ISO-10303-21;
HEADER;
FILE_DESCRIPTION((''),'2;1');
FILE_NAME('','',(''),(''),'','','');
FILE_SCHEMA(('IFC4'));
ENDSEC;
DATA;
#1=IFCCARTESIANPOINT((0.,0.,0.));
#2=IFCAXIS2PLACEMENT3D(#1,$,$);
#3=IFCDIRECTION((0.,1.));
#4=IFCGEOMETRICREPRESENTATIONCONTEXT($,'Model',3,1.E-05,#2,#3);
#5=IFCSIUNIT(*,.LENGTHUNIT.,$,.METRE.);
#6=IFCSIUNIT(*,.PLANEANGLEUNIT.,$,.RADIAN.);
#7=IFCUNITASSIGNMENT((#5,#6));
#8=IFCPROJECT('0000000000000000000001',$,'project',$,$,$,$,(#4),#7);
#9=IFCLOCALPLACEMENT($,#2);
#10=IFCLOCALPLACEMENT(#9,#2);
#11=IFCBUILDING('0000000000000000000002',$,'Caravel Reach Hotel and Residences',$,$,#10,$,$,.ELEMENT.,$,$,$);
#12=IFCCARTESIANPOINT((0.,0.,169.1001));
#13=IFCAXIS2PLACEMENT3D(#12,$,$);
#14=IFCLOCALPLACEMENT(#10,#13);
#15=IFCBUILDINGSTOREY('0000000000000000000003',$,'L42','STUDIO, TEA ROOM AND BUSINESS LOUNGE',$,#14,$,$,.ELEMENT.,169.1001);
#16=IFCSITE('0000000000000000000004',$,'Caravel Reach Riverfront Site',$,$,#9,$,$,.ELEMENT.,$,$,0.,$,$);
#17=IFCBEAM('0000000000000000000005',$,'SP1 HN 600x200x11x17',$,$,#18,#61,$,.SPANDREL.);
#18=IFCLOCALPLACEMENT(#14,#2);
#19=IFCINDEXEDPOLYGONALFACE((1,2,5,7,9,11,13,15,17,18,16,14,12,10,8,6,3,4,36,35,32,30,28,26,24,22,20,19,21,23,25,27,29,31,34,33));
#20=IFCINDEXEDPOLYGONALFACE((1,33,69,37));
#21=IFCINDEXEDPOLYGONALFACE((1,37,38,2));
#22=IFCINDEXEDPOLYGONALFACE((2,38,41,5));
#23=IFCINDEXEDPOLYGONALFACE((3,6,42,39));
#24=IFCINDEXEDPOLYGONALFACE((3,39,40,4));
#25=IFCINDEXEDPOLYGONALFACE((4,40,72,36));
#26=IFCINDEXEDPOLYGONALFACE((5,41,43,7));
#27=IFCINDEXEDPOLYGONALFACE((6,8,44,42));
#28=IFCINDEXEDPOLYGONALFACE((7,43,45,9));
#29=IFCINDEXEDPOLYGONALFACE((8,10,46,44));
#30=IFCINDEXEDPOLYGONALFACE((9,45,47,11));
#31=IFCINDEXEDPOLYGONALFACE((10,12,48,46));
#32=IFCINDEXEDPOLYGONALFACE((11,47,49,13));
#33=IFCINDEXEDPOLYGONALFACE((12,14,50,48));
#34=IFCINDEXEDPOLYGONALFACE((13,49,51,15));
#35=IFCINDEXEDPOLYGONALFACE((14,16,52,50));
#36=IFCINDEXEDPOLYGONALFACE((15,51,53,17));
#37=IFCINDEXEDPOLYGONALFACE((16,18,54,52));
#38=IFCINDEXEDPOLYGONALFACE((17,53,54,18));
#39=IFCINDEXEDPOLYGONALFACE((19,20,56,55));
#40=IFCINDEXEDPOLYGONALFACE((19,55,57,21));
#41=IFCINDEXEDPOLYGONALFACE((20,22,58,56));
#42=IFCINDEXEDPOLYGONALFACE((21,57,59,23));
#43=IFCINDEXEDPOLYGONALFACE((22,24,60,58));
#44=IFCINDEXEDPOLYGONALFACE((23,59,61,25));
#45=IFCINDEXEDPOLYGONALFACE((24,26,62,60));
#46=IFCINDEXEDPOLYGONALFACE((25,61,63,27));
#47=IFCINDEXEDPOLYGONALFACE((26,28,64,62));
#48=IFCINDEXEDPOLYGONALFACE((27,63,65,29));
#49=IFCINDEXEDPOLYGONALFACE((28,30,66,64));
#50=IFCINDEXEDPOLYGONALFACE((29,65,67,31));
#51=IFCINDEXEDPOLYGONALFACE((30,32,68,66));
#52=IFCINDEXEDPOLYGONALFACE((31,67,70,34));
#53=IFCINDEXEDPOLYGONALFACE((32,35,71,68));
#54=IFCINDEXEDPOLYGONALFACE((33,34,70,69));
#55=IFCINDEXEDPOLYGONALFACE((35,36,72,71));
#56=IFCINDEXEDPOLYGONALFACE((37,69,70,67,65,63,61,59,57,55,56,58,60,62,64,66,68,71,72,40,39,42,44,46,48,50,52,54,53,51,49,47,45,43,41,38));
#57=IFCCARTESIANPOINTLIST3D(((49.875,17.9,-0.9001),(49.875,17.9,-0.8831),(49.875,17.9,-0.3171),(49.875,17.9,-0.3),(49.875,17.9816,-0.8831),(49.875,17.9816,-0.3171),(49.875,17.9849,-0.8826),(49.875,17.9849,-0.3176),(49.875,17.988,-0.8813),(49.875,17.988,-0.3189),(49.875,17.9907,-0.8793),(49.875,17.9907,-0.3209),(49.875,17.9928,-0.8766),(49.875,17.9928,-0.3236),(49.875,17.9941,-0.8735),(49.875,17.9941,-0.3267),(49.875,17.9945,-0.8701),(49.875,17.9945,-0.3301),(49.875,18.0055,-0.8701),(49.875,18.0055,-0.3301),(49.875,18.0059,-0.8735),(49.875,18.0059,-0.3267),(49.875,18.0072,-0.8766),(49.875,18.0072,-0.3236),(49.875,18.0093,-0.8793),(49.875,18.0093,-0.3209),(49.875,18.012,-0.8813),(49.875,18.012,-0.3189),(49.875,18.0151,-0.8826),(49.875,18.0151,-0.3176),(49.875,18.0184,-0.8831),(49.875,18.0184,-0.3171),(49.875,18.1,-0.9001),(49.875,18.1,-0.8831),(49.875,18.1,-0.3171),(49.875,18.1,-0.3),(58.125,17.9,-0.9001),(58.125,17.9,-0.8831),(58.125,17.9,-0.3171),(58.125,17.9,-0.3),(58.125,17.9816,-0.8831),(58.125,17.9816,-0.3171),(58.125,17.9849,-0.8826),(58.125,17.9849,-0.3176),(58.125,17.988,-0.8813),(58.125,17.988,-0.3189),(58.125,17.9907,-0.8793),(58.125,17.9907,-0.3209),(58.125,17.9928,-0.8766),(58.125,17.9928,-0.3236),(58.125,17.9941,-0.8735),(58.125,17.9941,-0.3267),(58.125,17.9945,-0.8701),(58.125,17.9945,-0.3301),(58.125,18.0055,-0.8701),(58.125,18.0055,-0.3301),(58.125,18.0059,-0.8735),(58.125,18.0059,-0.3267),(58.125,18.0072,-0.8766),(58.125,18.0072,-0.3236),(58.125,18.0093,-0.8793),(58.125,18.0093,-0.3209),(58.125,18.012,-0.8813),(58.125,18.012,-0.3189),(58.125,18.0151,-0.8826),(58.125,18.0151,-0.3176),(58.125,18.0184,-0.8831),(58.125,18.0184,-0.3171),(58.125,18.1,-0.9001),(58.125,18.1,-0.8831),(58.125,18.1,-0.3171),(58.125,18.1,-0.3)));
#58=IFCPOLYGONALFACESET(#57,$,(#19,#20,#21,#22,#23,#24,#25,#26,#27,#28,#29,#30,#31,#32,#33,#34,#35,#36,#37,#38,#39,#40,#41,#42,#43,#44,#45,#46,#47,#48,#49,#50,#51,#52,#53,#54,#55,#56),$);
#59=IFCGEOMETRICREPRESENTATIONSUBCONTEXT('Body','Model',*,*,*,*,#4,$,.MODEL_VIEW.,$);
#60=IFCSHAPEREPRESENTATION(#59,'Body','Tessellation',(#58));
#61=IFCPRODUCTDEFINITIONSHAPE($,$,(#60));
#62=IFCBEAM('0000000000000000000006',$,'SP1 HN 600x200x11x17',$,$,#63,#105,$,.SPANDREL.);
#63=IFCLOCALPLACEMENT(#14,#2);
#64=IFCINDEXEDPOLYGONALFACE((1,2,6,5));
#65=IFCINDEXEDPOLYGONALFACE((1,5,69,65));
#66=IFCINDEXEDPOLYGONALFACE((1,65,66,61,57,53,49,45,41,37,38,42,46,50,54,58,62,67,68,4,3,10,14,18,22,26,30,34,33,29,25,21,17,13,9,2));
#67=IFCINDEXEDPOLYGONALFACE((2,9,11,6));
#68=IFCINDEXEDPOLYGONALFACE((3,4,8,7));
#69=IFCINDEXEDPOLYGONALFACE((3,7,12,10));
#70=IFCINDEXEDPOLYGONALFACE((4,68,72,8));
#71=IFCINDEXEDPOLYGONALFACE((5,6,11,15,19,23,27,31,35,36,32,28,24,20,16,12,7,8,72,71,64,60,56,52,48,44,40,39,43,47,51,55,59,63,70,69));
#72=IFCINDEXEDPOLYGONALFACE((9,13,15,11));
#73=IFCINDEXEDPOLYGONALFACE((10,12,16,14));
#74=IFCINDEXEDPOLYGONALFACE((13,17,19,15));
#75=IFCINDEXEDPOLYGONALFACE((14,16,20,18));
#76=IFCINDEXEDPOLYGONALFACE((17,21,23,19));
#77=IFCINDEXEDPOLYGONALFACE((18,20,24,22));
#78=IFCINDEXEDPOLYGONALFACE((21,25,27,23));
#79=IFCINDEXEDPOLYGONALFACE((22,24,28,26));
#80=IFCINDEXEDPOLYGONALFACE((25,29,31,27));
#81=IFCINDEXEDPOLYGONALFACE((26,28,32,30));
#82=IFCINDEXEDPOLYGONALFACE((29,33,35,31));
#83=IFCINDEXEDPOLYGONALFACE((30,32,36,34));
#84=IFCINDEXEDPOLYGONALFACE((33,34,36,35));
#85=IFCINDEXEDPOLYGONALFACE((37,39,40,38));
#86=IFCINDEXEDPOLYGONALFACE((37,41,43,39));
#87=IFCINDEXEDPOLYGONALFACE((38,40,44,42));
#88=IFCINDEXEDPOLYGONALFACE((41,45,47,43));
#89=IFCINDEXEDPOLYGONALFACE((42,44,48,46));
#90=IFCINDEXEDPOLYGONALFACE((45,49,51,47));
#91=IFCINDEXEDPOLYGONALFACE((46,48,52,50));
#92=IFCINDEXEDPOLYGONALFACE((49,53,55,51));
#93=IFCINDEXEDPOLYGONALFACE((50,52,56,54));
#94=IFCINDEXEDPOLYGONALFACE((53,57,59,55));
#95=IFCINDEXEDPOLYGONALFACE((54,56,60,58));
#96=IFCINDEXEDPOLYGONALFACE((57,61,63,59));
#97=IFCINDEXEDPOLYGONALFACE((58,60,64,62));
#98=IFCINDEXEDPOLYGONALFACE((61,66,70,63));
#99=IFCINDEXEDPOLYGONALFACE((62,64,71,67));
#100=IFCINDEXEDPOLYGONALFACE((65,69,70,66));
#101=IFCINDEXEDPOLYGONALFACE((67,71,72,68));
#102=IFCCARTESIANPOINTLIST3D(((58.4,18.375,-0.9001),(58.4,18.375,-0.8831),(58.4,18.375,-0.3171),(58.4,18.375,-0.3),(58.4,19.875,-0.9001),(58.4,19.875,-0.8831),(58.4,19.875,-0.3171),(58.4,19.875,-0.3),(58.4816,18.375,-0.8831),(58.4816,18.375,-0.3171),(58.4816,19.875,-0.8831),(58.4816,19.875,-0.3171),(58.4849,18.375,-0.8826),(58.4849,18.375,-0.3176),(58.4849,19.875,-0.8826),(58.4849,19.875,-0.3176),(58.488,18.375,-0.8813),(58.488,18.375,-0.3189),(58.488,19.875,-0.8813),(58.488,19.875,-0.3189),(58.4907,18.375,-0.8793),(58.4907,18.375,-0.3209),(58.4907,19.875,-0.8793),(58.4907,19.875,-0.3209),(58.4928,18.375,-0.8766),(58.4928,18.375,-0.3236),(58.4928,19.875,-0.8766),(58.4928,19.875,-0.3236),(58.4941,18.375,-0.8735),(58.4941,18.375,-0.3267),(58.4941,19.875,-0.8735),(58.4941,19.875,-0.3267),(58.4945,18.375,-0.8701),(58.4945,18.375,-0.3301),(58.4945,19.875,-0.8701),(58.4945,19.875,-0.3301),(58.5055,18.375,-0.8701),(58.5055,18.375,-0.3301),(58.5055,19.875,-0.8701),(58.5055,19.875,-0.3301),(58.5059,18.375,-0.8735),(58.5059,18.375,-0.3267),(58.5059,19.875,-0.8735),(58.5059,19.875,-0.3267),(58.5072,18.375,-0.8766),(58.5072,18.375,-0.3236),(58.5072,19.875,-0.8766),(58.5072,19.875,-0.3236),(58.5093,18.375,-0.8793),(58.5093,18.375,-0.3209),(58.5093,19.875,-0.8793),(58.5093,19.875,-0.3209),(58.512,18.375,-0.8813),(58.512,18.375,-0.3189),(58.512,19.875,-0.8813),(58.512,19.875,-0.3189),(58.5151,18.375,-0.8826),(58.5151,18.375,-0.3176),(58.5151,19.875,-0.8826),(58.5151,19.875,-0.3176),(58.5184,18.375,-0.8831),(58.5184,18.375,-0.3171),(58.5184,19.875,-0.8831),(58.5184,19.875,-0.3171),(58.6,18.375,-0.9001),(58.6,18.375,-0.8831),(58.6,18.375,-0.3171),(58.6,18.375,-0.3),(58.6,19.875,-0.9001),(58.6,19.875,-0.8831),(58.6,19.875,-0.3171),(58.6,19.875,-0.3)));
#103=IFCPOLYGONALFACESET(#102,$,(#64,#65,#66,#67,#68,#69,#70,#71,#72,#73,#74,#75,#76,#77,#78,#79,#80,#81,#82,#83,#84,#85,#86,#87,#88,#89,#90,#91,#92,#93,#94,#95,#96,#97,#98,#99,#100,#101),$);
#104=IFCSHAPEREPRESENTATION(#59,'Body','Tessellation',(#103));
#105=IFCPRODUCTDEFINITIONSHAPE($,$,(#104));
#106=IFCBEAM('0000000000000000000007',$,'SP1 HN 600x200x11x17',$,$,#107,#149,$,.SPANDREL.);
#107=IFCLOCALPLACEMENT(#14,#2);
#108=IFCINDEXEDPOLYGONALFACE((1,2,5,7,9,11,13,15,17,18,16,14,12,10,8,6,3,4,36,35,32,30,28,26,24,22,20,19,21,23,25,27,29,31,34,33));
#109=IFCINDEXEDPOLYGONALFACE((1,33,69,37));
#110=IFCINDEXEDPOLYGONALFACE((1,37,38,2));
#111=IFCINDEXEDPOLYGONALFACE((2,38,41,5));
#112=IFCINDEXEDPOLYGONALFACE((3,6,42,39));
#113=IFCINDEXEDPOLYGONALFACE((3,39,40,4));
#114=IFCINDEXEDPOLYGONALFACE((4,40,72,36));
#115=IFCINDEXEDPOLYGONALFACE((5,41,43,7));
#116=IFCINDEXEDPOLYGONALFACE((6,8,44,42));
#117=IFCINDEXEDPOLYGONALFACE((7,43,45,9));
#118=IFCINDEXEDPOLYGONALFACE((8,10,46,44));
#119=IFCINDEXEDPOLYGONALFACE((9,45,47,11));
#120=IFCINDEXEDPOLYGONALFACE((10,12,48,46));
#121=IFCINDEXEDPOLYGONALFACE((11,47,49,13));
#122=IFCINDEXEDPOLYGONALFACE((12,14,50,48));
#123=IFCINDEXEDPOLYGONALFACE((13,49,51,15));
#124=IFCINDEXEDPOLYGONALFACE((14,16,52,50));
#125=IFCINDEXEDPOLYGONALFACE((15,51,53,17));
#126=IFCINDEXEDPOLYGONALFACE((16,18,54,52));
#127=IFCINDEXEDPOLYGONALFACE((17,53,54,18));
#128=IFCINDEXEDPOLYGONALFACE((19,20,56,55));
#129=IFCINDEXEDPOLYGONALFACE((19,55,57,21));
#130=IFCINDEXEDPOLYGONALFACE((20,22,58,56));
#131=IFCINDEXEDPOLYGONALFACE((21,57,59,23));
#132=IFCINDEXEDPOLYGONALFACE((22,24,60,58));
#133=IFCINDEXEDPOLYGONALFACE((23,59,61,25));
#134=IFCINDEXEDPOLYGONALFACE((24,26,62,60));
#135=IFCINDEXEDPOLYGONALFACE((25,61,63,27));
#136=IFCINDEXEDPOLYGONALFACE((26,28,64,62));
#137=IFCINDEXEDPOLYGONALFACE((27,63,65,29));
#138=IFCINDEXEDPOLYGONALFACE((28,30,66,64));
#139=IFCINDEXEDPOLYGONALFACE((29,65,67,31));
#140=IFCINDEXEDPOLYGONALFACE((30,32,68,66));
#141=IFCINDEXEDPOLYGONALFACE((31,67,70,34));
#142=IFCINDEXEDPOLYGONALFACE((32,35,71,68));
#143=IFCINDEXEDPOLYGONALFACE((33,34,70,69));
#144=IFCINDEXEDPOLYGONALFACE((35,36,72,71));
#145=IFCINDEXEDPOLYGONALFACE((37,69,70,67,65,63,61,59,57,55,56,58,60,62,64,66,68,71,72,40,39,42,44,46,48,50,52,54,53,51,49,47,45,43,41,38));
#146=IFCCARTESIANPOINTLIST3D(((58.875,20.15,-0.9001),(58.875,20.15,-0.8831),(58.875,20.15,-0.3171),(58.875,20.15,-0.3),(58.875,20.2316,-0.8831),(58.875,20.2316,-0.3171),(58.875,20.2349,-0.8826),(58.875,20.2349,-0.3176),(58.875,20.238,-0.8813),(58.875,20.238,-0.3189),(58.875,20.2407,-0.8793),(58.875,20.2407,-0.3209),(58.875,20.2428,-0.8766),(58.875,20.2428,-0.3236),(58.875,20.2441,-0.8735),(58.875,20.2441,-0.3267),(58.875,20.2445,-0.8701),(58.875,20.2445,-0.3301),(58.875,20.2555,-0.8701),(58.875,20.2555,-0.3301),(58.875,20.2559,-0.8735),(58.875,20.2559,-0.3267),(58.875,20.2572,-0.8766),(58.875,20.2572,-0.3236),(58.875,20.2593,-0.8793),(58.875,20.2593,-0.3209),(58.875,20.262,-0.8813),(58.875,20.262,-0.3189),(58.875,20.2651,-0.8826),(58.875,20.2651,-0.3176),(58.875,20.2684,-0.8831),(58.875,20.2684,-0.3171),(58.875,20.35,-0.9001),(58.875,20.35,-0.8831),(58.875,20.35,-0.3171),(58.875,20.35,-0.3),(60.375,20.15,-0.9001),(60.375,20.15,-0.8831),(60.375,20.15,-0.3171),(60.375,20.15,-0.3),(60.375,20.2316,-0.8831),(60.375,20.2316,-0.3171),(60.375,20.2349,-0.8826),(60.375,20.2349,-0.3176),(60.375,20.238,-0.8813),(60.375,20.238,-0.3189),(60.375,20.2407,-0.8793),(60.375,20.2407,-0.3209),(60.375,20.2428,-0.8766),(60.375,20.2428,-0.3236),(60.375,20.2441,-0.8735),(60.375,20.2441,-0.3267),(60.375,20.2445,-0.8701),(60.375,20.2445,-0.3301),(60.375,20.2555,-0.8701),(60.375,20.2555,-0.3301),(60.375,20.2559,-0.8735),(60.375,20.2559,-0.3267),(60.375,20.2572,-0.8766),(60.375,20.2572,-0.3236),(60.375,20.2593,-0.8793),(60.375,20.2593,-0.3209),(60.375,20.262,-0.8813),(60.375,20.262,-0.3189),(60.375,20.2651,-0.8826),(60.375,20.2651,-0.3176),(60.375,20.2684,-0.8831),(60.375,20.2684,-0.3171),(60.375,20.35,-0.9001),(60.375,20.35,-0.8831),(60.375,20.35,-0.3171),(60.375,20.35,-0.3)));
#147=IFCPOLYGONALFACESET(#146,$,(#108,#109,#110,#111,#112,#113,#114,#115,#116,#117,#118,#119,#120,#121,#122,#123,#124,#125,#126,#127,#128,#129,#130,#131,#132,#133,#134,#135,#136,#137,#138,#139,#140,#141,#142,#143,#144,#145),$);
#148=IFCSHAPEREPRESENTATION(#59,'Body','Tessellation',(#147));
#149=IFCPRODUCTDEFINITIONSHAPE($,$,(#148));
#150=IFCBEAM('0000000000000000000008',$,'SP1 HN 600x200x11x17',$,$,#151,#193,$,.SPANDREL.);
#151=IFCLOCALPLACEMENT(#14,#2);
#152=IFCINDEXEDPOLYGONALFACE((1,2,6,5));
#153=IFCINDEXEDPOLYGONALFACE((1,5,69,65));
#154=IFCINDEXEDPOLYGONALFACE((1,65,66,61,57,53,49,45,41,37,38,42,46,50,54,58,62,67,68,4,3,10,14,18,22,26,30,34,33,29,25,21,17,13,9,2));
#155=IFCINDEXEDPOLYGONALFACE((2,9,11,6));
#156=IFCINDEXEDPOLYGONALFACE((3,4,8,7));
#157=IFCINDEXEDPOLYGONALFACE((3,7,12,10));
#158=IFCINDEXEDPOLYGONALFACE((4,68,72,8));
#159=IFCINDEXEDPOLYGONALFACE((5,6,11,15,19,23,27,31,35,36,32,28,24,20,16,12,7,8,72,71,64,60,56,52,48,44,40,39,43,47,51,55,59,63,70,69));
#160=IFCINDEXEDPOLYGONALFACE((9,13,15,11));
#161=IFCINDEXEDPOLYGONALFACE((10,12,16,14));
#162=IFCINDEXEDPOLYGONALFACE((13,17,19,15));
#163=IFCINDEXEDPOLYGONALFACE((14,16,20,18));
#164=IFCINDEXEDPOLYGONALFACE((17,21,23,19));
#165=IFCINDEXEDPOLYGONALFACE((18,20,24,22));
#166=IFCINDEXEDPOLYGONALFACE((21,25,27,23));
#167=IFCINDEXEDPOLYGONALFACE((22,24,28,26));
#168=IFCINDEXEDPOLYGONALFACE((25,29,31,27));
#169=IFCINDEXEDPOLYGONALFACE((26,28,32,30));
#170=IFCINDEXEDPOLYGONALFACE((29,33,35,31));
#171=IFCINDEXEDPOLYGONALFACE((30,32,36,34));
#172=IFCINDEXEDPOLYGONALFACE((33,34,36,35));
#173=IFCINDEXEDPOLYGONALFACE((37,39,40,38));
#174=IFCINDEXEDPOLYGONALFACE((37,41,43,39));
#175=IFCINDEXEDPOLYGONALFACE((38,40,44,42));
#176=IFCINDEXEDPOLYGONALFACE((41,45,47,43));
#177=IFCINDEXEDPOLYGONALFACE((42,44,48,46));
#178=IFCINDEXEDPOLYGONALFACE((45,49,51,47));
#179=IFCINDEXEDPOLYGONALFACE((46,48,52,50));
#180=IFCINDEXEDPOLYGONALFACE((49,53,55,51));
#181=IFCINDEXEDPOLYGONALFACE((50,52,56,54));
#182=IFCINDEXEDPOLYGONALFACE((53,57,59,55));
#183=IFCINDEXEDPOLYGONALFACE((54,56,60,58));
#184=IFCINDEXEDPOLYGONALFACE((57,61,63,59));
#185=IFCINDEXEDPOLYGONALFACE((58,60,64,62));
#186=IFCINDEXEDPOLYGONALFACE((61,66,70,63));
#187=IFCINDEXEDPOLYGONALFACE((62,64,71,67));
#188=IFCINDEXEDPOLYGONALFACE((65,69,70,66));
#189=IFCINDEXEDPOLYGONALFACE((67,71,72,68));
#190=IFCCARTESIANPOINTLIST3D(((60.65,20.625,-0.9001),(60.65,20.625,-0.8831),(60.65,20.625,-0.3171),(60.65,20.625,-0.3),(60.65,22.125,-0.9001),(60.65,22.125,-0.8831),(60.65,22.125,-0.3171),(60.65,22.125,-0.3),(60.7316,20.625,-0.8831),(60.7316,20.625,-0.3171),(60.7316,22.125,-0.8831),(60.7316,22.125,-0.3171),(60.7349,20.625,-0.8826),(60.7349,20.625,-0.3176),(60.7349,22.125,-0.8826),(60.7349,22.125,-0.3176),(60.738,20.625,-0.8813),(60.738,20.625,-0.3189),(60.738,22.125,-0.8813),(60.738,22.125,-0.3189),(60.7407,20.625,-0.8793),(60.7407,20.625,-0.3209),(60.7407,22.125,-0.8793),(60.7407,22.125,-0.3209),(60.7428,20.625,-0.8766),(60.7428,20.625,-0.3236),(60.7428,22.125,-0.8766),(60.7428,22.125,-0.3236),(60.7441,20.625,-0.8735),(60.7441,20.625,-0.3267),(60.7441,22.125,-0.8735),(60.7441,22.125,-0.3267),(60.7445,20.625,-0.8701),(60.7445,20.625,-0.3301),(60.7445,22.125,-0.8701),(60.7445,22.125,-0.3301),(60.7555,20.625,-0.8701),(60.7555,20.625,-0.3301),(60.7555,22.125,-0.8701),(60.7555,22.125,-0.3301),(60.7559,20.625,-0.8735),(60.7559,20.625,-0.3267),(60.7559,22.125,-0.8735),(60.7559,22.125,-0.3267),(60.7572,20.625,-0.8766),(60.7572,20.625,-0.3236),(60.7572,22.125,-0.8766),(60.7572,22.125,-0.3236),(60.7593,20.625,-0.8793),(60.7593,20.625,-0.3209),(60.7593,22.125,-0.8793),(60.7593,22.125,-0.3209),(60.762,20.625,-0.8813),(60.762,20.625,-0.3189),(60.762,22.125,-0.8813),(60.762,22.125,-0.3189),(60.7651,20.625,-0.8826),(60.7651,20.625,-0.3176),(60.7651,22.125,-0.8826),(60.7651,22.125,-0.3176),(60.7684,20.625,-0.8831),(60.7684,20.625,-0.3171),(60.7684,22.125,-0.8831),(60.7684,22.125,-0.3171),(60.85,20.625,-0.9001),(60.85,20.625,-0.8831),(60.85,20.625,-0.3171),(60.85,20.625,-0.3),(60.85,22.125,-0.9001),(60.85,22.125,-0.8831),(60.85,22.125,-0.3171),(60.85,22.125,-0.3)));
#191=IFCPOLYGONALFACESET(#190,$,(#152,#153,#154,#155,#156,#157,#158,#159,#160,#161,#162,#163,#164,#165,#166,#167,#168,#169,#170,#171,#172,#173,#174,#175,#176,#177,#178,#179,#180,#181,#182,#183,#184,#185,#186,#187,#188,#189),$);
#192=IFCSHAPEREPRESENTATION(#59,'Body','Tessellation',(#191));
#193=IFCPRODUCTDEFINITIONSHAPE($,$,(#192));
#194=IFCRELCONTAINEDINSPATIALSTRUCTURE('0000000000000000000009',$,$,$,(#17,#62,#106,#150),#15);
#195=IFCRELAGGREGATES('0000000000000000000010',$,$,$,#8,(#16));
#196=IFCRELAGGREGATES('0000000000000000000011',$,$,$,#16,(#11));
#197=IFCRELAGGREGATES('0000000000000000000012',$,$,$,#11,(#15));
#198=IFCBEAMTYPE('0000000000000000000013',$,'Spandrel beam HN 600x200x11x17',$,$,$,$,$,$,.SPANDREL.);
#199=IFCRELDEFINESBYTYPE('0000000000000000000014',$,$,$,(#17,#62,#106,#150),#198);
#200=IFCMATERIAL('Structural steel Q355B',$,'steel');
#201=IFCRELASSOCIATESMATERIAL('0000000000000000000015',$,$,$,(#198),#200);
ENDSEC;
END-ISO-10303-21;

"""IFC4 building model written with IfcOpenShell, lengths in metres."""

from ifc_helpers import new_model, si_unit, direction, frame, origin, origin_2d, place, context, subcontext, project, spatial, i_section, extrude, material, material_profile, profile_set, type_object, element, save


model = new_model("IFC4")

# Units and contexts
model_context = context("Model", 3, precision=1e-05, world=origin(), true_north=direction((0.0, 1.0)))
body_context = subcontext(model_context, "Body", "Model", "MODEL_VIEW")
ifc_project = project(units=[si_unit("LENGTHUNIT", "METRE"), si_unit("PLANEANGLEUNIT", "RADIAN")], contexts=[model_context])

# Site, building, storey
site_placement = place(None, origin())
site = spatial("IfcSite", under=ifc_project, at=site_placement, Name="Caravel Reach Riverfront Site", CompositionType="ELEMENT", RefElevation=0.0)
building_placement = place(site_placement, origin())
building = spatial("IfcBuilding", under=site, at=building_placement, Name="Caravel Reach Hotel and Residences", CompositionType="ELEMENT")
storey_placement = place(building_placement, frame((0.0, 0.0, 169.1001)))
storey = spatial("IfcBuildingStorey", under=building, at=storey_placement, Name="L42", Description="STUDIO, TEA ROOM AND BUSINESS LOUNGE", CompositionType="ELEMENT", Elevation=169.1001)

# Beams
ifc_material_1 = material(Name="Structural steel Q355B", Category="steel")
ifc_material_profile_1 = material_profile(ifc_material_1, i_section(OverallWidth=0.2, OverallDepth=0.6001, WebThickness=0.011, FlangeThickness=0.0171, FilletRadius=0.0129, at=origin_2d()), Name="HN 600x200x11x17")
ifc_profile_set_1 = profile_set([ifc_material_profile_1], Name="Structural steel Q355B")
beam_type_1 = type_object("IfcBeamType", Name="Spandrel beam HN 600x200x11x17", PredefinedType="SPANDREL", material=ifc_profile_set_1)
beam_1_placement = place(storey_placement, frame((49.875, 18.0, -0.6001), z_axis=(1.0, 0.0, 0.0), x_axis=(0.0, 1.0, 0.0)))
element("IfcBeam", 1, at=beam_1_placement, inside=storey, type_object=beam_type_1, Name="SP1 HN 600x200x11x17", PredefinedType="SPANDREL", context=body_context, shape_type="SweptSolid", body=[
    extrude(i_section(OverallWidth=0.2, OverallDepth=0.6001, WebThickness=0.011, FlangeThickness=0.0171, FilletRadius=0.0129, at=origin_2d()), origin(), (0.0, 0.0, 1.0), 8.25),
])
for number, where, z_axis, x_axis, name in (
    (2, (58.5, 18.375, -0.6001), (0.0, 1.0, 0.0), (-1.0, 0.0, 0.0), "SP1 HN 600x200x11x17"),
    (3, (58.875, 20.25, -0.6001), (1.0, 0.0, 0.0), (0.0, 1.0, 0.0), "SP1 HN 600x200x11x17"),
    (4, (60.75, 20.625, -0.6001), (0.0, 1.0, 0.0), (-1.0, 0.0, 0.0), "SP1 HN 600x200x11x17"),
):
    element("IfcBeam", number, at=place(storey_placement, frame(where, z_axis=z_axis, x_axis=x_axis)), inside=storey, type_object=beam_type_1, Name=name, PredefinedType="SPANDREL", context=body_context, shape_type="SweptSolid", body=[
        extrude(i_section(OverallWidth=0.2, OverallDepth=0.6001, WebThickness=0.011, FlangeThickness=0.0171, FilletRadius=0.0129, at=origin_2d()), origin(), (0.0, 0.0, 1.0), 1.5),
    ])

save(model, "model.ifc")
